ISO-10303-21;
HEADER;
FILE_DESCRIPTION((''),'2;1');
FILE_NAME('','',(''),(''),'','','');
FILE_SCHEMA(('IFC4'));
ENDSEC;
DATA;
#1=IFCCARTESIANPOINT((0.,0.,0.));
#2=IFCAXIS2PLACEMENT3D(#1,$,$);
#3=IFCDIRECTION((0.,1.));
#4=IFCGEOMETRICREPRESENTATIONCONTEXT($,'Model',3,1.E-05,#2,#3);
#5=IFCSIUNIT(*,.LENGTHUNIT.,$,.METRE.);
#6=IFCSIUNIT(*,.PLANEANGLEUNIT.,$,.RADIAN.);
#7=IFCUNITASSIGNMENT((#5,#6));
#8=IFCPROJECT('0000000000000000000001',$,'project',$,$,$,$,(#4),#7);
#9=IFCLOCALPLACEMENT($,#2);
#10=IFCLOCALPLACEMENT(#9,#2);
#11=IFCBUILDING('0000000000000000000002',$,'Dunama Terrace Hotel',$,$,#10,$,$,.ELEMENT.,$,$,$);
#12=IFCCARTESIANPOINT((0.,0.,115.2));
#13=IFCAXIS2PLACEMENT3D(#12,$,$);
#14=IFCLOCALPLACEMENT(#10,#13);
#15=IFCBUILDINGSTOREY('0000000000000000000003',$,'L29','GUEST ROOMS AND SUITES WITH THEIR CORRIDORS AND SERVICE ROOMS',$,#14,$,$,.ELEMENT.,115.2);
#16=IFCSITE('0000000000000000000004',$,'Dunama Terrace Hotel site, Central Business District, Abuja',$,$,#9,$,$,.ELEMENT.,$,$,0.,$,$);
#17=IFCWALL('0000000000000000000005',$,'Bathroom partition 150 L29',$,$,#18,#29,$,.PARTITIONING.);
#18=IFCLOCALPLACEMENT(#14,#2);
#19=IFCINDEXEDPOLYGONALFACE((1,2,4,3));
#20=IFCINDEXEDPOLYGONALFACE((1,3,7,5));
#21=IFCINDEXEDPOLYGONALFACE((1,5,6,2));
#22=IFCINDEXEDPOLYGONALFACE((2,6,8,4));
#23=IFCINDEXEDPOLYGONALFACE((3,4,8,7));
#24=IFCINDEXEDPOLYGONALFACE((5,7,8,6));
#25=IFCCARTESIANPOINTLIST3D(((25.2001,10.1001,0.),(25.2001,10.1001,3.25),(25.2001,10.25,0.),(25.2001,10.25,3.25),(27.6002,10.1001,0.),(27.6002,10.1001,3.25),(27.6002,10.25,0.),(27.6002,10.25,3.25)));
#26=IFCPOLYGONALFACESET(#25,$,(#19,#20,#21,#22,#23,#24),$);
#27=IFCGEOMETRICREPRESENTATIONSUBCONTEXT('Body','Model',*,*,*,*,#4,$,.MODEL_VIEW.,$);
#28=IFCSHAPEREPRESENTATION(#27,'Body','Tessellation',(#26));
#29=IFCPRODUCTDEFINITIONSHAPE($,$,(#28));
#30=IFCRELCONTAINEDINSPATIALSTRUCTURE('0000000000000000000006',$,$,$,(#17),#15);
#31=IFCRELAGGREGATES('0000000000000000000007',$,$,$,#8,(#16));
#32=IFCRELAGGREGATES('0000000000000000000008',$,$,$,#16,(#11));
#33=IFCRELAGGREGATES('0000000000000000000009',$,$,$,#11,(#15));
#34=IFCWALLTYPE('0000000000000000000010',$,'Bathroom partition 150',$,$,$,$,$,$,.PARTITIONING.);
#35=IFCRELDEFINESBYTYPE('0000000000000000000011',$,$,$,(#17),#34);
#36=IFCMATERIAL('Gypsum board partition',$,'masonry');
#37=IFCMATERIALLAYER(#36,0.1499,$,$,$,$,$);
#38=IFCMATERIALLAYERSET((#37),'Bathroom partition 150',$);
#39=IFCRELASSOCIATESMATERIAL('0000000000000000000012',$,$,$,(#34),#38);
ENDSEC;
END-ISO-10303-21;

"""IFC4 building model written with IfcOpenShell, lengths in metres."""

from ifc_helpers import new_model, si_unit, direction, frame, frame_2d, origin, place, context, subcontext, project, spatial, rectangle, extrude, material, layer, layer_set, type_object, element, save


model = new_model("IFC4")

# Units and contexts
model_context = context("Model", 3, precision=1e-05, world=origin(), true_north=direction((0.0, 1.0)))
body_context = subcontext(model_context, "Body", "Model", "MODEL_VIEW")
ifc_project = project(units=[si_unit("LENGTHUNIT", "METRE"), si_unit("PLANEANGLEUNIT", "RADIAN")], contexts=[model_context])

# Site, building, storey
site_placement = place(None, origin())
site = spatial("IfcSite", under=ifc_project, at=site_placement, Name="Dunama Terrace Hotel site, Central Business District, Abuja", CompositionType="ELEMENT", RefElevation=0.0)
building_placement = place(site_placement, origin())
building = spatial("IfcBuilding", under=site, at=building_placement, Name="Dunama Terrace Hotel", CompositionType="ELEMENT")
storey_placement = place(building_placement, frame((0.0, 0.0, 115.2)))
storey = spatial("IfcBuildingStorey", under=building, at=storey_placement, Name="L29", Description="GUEST ROOMS AND SUITES WITH THEIR CORRIDORS AND SERVICE ROOMS", CompositionType="ELEMENT", Elevation=115.2)

# Shared definitions
ifc_material_1 = material(Name="Gypsum board partition", Category="masonry")
ifc_layer = layer(ifc_material_1, 0.1499)
ifc_layer_set = layer_set([ifc_layer], Name="Bathroom partition 150")
wall_type = type_object("IfcWallType", Name="Bathroom partition 150", PredefinedType="PARTITIONING", material=ifc_layer_set)

# Wall
wall_1_placement = place(storey_placement, frame((25.2, 10.175, 0.0), z_axis=(0.0, 0.0, 1.0), x_axis=(1.0, 0.0, 0.0)))
element("IfcWall", 1, at=wall_1_placement, inside=storey, type_object=wall_type, Name="Bathroom partition 150 L29", PredefinedType="PARTITIONING", context=body_context, shape_type="SweptSolid", body=[
    extrude(rectangle(XDim=2.4001, YDim=0.1499, at=frame_2d((1.2002, 0.0))), origin(), (0.0, 0.0, 1.0), 3.25),
])

save(model, "model.ifc")
